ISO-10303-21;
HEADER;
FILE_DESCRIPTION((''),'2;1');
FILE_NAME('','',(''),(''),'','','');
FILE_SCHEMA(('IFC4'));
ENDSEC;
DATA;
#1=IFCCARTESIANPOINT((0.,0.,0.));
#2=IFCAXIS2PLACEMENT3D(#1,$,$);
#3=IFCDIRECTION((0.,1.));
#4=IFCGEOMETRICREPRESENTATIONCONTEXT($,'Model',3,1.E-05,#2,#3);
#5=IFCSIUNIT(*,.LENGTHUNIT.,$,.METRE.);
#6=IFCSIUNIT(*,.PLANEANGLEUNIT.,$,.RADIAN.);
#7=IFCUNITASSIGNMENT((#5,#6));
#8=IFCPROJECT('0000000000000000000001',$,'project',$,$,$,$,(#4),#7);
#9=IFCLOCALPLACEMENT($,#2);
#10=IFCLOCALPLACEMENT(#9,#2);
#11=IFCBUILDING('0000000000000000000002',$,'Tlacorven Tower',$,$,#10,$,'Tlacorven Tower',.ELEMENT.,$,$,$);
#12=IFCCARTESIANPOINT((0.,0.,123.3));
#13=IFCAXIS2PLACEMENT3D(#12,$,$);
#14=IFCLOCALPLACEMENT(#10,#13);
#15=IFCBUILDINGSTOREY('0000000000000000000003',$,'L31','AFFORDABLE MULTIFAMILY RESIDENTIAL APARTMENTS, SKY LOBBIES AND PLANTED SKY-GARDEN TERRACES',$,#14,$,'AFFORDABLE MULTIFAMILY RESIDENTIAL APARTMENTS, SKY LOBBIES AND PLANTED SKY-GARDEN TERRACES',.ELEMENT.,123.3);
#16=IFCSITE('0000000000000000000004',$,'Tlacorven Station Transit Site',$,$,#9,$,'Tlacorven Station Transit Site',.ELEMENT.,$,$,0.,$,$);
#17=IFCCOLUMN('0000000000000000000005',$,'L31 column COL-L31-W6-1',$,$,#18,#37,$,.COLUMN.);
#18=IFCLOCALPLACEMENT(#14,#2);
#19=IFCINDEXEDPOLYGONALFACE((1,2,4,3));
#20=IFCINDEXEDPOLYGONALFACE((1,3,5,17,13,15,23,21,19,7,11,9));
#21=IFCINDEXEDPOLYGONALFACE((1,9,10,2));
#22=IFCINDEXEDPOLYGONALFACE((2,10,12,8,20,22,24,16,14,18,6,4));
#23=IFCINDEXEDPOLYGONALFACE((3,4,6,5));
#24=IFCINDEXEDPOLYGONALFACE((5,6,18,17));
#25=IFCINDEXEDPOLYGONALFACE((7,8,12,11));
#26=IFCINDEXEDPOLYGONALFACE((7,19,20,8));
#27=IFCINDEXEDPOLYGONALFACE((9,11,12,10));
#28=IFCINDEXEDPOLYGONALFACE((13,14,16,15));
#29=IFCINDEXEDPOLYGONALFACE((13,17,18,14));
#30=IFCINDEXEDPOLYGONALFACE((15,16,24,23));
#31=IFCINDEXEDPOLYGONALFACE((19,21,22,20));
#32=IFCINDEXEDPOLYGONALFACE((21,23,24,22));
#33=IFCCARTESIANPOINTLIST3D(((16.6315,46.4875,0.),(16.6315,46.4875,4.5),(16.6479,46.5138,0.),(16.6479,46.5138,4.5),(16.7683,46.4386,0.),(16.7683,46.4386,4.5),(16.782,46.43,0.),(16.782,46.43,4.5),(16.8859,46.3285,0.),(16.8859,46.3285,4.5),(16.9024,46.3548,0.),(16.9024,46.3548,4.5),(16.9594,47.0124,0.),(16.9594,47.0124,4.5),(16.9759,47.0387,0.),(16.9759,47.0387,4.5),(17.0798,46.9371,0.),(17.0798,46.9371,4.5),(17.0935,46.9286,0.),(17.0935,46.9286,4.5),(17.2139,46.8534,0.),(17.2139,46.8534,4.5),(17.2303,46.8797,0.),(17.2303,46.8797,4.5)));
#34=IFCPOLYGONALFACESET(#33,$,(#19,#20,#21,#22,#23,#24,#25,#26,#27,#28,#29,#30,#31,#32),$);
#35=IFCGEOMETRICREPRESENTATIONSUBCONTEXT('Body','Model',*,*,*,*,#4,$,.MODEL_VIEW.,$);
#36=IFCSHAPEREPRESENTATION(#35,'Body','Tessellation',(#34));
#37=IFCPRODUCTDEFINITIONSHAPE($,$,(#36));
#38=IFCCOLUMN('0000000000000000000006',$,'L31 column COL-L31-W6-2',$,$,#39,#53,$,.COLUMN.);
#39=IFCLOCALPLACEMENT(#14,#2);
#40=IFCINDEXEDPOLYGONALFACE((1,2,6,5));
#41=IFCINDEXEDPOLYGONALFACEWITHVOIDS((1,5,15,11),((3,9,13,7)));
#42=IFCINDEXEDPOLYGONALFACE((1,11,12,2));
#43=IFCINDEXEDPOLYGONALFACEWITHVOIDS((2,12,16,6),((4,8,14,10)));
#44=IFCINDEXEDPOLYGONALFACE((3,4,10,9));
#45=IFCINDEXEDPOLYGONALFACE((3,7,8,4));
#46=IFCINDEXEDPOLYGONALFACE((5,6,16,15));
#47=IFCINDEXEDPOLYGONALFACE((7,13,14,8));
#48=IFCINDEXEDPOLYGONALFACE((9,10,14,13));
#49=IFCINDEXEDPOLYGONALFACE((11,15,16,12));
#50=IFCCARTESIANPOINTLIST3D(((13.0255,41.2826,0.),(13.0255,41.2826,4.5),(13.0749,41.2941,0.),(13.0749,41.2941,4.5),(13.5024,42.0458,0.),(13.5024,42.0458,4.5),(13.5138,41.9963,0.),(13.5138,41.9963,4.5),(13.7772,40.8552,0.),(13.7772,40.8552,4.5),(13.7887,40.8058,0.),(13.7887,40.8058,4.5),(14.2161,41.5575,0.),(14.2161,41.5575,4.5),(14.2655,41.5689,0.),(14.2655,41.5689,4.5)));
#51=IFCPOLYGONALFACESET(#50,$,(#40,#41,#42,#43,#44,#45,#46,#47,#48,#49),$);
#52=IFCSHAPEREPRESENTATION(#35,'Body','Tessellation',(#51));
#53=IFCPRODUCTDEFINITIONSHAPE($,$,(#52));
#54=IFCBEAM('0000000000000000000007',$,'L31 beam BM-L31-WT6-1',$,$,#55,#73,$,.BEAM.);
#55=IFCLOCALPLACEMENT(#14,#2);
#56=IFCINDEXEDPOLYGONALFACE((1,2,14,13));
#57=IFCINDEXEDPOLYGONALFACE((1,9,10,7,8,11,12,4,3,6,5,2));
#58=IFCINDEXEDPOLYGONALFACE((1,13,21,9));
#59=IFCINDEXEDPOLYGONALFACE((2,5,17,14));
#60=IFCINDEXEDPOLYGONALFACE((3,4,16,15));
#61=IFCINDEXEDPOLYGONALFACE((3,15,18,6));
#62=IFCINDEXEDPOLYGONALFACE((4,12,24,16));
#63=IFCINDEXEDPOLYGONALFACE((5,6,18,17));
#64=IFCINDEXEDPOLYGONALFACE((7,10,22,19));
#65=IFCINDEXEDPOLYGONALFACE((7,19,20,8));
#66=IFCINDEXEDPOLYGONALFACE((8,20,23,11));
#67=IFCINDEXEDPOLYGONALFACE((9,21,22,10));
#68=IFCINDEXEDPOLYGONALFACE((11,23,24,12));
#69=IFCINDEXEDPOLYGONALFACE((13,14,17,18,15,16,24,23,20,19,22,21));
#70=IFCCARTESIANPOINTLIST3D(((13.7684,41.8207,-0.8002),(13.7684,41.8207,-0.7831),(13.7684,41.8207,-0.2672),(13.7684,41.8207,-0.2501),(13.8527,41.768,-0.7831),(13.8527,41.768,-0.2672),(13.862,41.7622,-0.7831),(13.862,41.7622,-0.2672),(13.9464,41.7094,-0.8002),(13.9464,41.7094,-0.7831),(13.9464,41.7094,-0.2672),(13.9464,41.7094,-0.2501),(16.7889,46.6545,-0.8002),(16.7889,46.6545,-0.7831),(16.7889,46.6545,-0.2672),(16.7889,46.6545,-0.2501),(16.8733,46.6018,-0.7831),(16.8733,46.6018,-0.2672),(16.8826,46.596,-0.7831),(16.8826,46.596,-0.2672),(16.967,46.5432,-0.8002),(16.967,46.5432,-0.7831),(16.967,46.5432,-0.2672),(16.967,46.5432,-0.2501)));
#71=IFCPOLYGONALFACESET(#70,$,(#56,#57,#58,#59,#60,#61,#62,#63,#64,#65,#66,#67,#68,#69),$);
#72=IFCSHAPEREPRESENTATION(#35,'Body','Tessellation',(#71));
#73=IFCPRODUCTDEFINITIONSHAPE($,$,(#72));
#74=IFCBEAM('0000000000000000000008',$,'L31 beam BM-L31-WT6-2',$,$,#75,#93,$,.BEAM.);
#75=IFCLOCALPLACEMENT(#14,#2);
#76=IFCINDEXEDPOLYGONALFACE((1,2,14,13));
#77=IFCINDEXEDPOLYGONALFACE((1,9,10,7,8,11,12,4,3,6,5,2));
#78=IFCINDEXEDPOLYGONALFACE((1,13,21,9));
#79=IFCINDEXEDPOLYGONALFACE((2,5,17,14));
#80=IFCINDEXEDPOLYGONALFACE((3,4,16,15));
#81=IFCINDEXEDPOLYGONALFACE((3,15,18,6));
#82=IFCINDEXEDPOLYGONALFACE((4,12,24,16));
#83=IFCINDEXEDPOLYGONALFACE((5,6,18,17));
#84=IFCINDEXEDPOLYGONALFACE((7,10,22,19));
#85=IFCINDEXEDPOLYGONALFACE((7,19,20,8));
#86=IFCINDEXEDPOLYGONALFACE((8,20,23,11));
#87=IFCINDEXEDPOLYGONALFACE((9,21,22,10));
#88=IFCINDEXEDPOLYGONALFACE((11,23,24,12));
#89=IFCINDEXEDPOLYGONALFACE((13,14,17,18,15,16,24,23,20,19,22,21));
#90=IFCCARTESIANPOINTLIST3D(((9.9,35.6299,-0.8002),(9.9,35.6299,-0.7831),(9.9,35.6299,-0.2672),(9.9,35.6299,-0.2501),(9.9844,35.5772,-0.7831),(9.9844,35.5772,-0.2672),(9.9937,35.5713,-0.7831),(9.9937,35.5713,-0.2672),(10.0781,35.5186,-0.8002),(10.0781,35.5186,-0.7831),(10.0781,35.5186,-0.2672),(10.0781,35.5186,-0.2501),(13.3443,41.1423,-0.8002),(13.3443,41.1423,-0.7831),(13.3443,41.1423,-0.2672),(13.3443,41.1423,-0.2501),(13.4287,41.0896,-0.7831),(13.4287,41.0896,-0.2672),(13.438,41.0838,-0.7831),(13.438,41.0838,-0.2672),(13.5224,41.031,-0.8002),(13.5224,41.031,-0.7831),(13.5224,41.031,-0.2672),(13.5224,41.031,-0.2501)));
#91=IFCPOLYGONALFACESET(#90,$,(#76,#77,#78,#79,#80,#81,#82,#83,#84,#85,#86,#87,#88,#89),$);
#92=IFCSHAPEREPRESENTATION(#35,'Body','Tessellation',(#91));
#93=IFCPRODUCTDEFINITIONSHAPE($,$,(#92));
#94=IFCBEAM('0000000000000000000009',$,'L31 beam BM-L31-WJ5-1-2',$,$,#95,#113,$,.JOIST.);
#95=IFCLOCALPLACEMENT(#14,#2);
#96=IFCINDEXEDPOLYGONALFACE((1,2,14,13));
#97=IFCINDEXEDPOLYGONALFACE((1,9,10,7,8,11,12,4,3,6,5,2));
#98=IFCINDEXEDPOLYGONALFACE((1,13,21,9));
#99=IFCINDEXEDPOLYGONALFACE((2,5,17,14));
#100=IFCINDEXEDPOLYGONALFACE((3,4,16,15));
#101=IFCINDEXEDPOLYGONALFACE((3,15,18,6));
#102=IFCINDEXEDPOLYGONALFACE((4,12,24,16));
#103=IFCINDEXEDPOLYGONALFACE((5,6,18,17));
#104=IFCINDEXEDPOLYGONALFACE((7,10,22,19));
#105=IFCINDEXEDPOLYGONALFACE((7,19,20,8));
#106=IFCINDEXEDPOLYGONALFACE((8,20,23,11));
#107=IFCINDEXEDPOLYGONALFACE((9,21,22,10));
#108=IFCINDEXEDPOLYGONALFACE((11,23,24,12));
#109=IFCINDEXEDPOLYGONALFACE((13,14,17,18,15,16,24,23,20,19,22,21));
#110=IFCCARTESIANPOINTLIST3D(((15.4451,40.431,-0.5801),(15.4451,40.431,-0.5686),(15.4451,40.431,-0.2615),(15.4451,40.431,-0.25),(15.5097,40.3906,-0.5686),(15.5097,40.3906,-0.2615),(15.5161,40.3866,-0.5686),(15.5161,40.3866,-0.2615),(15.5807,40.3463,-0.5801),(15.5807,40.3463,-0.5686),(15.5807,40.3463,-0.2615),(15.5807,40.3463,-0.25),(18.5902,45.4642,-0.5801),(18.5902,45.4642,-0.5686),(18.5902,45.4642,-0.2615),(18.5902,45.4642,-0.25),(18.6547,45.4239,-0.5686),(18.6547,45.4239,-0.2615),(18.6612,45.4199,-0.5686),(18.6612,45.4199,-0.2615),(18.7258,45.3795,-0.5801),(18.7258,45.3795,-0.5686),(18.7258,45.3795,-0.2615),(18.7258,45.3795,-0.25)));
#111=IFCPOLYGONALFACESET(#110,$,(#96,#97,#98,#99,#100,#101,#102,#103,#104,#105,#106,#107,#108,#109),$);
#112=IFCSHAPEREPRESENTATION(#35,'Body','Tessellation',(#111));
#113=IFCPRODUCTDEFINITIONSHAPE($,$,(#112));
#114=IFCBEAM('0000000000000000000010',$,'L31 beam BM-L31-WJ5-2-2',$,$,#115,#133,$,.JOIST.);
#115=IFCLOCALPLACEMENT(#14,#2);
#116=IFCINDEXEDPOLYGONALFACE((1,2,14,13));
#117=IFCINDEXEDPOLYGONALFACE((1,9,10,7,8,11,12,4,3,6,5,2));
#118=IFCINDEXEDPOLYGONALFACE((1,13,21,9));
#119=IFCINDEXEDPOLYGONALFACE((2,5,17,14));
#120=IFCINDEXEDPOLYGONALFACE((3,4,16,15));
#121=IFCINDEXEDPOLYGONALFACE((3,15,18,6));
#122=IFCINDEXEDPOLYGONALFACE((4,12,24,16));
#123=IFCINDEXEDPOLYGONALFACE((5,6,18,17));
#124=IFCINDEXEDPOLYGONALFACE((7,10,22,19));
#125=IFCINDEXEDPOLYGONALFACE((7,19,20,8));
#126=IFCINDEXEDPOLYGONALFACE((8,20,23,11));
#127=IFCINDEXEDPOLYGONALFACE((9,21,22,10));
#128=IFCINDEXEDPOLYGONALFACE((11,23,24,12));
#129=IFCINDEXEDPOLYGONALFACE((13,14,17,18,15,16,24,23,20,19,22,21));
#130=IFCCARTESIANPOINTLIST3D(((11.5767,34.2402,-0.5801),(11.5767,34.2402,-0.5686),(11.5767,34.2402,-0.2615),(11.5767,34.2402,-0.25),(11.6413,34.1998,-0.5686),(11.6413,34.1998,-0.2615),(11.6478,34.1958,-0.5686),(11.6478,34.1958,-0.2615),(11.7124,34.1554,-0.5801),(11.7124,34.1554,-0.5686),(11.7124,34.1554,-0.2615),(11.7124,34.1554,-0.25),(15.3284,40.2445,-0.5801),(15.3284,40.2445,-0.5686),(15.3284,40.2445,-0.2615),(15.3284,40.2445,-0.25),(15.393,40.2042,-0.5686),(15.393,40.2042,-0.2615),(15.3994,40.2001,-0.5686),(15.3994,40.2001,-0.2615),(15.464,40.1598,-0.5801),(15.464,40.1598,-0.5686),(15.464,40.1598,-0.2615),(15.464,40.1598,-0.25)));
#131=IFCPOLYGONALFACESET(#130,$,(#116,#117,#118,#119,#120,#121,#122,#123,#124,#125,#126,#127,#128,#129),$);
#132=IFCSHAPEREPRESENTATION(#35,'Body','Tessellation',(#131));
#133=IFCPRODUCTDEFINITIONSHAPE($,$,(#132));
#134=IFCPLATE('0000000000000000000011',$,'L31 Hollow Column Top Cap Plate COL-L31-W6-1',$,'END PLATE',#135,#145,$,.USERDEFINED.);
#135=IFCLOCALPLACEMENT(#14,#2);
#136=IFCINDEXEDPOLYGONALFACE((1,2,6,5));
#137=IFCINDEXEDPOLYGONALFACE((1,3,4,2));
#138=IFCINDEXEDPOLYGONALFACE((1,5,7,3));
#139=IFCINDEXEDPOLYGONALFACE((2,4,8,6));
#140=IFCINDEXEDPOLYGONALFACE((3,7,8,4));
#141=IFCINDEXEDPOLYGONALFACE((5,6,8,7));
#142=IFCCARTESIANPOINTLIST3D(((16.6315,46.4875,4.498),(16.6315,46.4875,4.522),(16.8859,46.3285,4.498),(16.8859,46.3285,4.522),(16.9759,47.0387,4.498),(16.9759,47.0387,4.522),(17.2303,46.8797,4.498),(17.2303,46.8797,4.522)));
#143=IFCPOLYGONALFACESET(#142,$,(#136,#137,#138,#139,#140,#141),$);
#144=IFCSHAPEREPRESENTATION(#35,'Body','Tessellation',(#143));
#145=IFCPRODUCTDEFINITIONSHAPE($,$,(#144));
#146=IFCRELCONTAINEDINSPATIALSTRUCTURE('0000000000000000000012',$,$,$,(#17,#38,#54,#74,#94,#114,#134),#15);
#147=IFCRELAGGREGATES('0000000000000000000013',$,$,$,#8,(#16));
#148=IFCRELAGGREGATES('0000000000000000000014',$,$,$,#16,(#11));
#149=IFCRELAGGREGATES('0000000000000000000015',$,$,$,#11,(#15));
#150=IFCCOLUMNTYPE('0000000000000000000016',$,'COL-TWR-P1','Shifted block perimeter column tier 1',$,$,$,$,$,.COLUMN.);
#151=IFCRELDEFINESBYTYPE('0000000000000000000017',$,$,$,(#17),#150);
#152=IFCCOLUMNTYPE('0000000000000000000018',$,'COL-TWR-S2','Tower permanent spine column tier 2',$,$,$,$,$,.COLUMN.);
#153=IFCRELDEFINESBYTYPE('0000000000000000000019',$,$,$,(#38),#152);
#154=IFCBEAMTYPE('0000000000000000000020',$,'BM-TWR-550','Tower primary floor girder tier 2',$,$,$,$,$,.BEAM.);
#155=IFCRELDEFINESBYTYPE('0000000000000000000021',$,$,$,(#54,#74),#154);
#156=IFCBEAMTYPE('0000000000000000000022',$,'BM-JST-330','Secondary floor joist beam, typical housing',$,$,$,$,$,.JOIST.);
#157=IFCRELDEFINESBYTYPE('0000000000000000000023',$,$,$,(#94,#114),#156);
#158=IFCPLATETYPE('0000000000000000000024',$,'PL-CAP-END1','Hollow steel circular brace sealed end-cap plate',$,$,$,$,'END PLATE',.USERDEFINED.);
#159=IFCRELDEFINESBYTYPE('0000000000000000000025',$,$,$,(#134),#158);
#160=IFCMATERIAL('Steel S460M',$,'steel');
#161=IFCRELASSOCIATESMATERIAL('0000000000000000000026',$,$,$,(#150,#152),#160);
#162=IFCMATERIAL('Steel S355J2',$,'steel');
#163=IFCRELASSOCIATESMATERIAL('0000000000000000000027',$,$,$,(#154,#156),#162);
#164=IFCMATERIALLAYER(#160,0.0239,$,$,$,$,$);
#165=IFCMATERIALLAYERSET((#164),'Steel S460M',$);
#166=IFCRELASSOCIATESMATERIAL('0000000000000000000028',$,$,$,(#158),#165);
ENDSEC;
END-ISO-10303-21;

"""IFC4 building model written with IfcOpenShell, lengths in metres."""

from ifc_helpers import new_model, si_unit, direction, frame, origin, origin_2d, place, context, subcontext, project, spatial, rectangle, hollow_rectangle, i_section, extrude, source, transform, mapped, material, layer, layer_set, material_profile, profile_set, type_object, element, save


model = new_model("IFC4")

# Units and contexts
model_context = context("Model", 3, precision=1e-05, world=origin(), true_north=direction((0.0, 1.0)))
body_context = subcontext(model_context, "Body", "Model", "MODEL_VIEW")
ifc_project = project(units=[si_unit("LENGTHUNIT", "METRE"), si_unit("PLANEANGLEUNIT", "RADIAN")], contexts=[model_context])

# Site, building, storey
site_placement = place(None, origin())
site = spatial("IfcSite", under=ifc_project, at=site_placement, Name="Tlacorven Station Transit Site", LongName="Tlacorven Station Transit Site", CompositionType="ELEMENT", RefElevation=0.0)
building_placement = place(site_placement, origin())
building = spatial("IfcBuilding", under=site, at=building_placement, Name="Tlacorven Tower", LongName="Tlacorven Tower", CompositionType="ELEMENT")
storey_placement = place(building_placement, frame((0.0, 0.0, 123.3)))
storey = spatial("IfcBuildingStorey", under=building, at=storey_placement, Name="L31", Description="AFFORDABLE MULTIFAMILY RESIDENTIAL APARTMENTS, SKY LOBBIES AND PLANTED SKY-GARDEN TERRACES", LongName="AFFORDABLE MULTIFAMILY RESIDENTIAL APARTMENTS, SKY LOBBIES AND PLANTED SKY-GARDEN TERRACES", CompositionType="ELEMENT", Elevation=123.3)

# Columns
ifc_material_1 = material(Name="Steel S460M", Category="steel")
ifc_material_profile_1 = material_profile(ifc_material_1, i_section(OverallWidth=0.3, OverallDepth=0.6499, WebThickness=0.0161, FlangeThickness=0.031, at=origin_2d()), Name="HEB 650")
ifc_profile_set_1 = profile_set([ifc_material_profile_1], Name="Steel S460M")
column_type_1 = type_object("IfcColumnType", Name="COL-TWR-P1", Description="Shifted block perimeter column tier 1", PredefinedType="COLUMN", material=ifc_profile_set_1)
shared_shape_1 = source(origin(), body_context, "Body", "SweptSolid", [
    extrude(i_section(OverallWidth=0.3, OverallDepth=0.6499, WebThickness=0.0161, FlangeThickness=0.031, at=origin_2d()), origin(), (0.0, 0.0, 1.0), 4.5),
])
column_1_placement = place(storey_placement, frame((16.9309, 46.6836, 0.0), z_axis=(0.0, 0.0, 1.0), x_axis=(-0.848048, 0.529919, 0.0)))
element("IfcColumn", 1, at=column_1_placement, inside=storey, type_object=column_type_1, Name="L31 column COL-L31-W6-1", PredefinedType="COLUMN", context=body_context, shape_type="MappedRepresentation", body=[
    mapped(shared_shape_1, transform((0.0, 0.0, 0.0), scale=1.0)),
])
ifc_material_profile_2 = material_profile(ifc_material_1, hollow_rectangle(XDim=0.8999, YDim=0.8999, WallThickness=0.0359, at=origin_2d()), Name="BOX 900X900X36")
ifc_profile_set_2 = profile_set([ifc_material_profile_2], Name="Steel S460M")
column_type_2 = type_object("IfcColumnType", Name="COL-TWR-S2", Description="Tower permanent spine column tier 2", PredefinedType="COLUMN", material=ifc_profile_set_2)
shared_shape_2 = source(origin(), body_context, "Body", "SweptSolid", [
    extrude(hollow_rectangle(XDim=0.8999, YDim=0.8999, WallThickness=0.0359, at=origin_2d()), origin(), (0.0, 0.0, 1.0), 4.5),
])
column_2_placement = place(storey_placement, frame((13.6455, 41.4258, 0.0), z_axis=(0.0, 0.0, 1.0), x_axis=(-0.848048, 0.529919, 0.0)))
element("IfcColumn", 2, at=column_2_placement, inside=storey, type_object=column_type_2, Name="L31 column COL-L31-W6-2", PredefinedType="COLUMN", context=body_context, shape_type="MappedRepresentation", body=[
    mapped(shared_shape_2, transform((0.0, 0.0, 0.0), scale=1.0)),
])

# Beams
ifc_material_2 = material(Name="Steel S355J2", Category="steel")
ifc_material_profile_3 = material_profile(ifc_material_2, i_section(OverallWidth=0.21, OverallDepth=0.55, WebThickness=0.011, FlangeThickness=0.0171, at=origin_2d()), Name="IPE 550")
ifc_profile_set_3 = profile_set([ifc_material_profile_3], Name="Steel S355J2")
beam_type_1 = type_object("IfcBeamType", Name="BM-TWR-550", Description="Tower primary floor girder tier 2", PredefinedType="BEAM", material=ifc_profile_set_3)
shared_shape_3 = source(origin(), body_context, "Body", "SweptSolid", [
    extrude(i_section(OverallWidth=0.21, OverallDepth=0.55, WebThickness=0.011, FlangeThickness=0.0171, at=origin_2d()), origin(), (0.0, 0.0, 1.0), 5.7),
])
beam_1_placement = place(storey_placement, frame((16.8779, 46.5989, -0.5251), z_axis=(-0.529926, -0.848044, 0.0), x_axis=(0.848044, -0.529926, 0.0)))
element("IfcBeam", 3, at=beam_1_placement, inside=storey, type_object=beam_type_1, Name="L31 beam BM-L31-WT6-1", PredefinedType="BEAM", context=body_context, shape_type="MappedRepresentation", body=[
    mapped(shared_shape_3, transform((0.0, 0.0, 0.0), scale=1.0)),
])
shared_shape_4 = source(origin(), body_context, "Body", "SweptSolid", [
    extrude(i_section(OverallWidth=0.21, OverallDepth=0.55, WebThickness=0.011, FlangeThickness=0.0171, at=origin_2d()), origin(), (0.0, 0.0, 1.0), 6.5),
])
beam_2_placement = place(storey_placement, frame((13.4333, 41.0867, -0.5251), z_axis=(-0.529894, -0.848064, 0.0), x_axis=(0.848064, -0.529894, 0.0)))
element("IfcBeam", 4, at=beam_2_placement, inside=storey, type_object=beam_type_1, Name="L31 beam BM-L31-WT6-2", PredefinedType="BEAM", context=body_context, shape_type="MappedRepresentation", body=[
    mapped(shared_shape_4, transform((0.0, 0.0, 0.0), scale=1.0)),
])
ifc_material_profile_4 = material_profile(ifc_material_2, i_section(OverallWidth=0.1599, OverallDepth=0.3301, WebThickness=0.0076, FlangeThickness=0.0115, at=origin_2d()), Name="IPE 330")
ifc_profile_set_4 = profile_set([ifc_material_profile_4], Name="Steel S355J2")
beam_type_2 = type_object("IfcBeamType", Name="BM-JST-330", Description="Secondary floor joist beam, typical housing", PredefinedType="JOIST", material=ifc_profile_set_4)
shared_shape_5 = source(origin(), body_context, "Body", "SweptSolid", [
    extrude(i_section(OverallWidth=0.1599, OverallDepth=0.3301, WebThickness=0.0076, FlangeThickness=0.0115, at=origin_2d()), origin(), (0.0, 0.0, 1.0), 5.9351),
])
beam_3_placement = place(storey_placement, frame((18.658, 45.4219, -0.415), z_axis=(-0.52991, -0.848054, 0.0), x_axis=(0.848054, -0.52991, 0.0)))
element("IfcBeam", 5, at=beam_3_placement, inside=storey, type_object=beam_type_2, Name="L31 beam BM-L31-WJ5-1-2", PredefinedType="JOIST", context=body_context, shape_type="MappedRepresentation", body=[
    mapped(shared_shape_5, transform((0.0, 0.0, 0.0), scale=1.0)),
])
shared_shape_6 = source(origin(), body_context, "Body", "SweptSolid", [
    extrude(i_section(OverallWidth=0.1599, OverallDepth=0.3301, WebThickness=0.0076, FlangeThickness=0.0115, at=origin_2d()), origin(), (0.0, 0.0, 1.0), 7.0801),
])
beam_4_placement = place(storey_placement, frame((15.3962, 40.2021, -0.415), z_axis=(-0.529894, -0.848064, 0.0), x_axis=(0.848064, -0.529894, 0.0)))
element("IfcBeam", 6, at=beam_4_placement, inside=storey, type_object=beam_type_2, Name="L31 beam BM-L31-WJ5-2-2", PredefinedType="JOIST", context=body_context, shape_type="MappedRepresentation", body=[
    mapped(shared_shape_6, transform((0.0, 0.0, 0.0), scale=1.0)),
])

# Plate
ifc_layer_1 = layer(ifc_material_1, 0.0239)
ifc_layer_set_1 = layer_set([ifc_layer_1], Name="Steel S460M")
plate_type = type_object("IfcPlateType", Name="PL-CAP-END1", Description="Hollow steel circular brace sealed end-cap plate", ElementType="END PLATE", PredefinedType="USERDEFINED", material=ifc_layer_set_1)
shared_shape_7 = source(origin(), body_context, "Body", "SweptSolid", [
    extrude(rectangle(XDim=0.3, YDim=0.6499, at=origin_2d()), origin(), (0.0, 0.0, 1.0), 0.0239),
])
plate_placement = place(storey_placement, frame((16.9309, 46.6836, 4.498), z_axis=(0.0, 0.0, 1.0), x_axis=(-0.848048, 0.529919, 0.0)))
element("IfcPlate", 7, at=plate_placement, inside=storey, type_object=plate_type, Name="L31 Hollow Column Top Cap Plate COL-L31-W6-1", ObjectType="END PLATE", PredefinedType="USERDEFINED", context=body_context, shape_type="MappedRepresentation", body=[
    mapped(shared_shape_7, transform((0.0, 0.0, 0.0), scale=1.0)),
])

save(model, "model.ifc")
